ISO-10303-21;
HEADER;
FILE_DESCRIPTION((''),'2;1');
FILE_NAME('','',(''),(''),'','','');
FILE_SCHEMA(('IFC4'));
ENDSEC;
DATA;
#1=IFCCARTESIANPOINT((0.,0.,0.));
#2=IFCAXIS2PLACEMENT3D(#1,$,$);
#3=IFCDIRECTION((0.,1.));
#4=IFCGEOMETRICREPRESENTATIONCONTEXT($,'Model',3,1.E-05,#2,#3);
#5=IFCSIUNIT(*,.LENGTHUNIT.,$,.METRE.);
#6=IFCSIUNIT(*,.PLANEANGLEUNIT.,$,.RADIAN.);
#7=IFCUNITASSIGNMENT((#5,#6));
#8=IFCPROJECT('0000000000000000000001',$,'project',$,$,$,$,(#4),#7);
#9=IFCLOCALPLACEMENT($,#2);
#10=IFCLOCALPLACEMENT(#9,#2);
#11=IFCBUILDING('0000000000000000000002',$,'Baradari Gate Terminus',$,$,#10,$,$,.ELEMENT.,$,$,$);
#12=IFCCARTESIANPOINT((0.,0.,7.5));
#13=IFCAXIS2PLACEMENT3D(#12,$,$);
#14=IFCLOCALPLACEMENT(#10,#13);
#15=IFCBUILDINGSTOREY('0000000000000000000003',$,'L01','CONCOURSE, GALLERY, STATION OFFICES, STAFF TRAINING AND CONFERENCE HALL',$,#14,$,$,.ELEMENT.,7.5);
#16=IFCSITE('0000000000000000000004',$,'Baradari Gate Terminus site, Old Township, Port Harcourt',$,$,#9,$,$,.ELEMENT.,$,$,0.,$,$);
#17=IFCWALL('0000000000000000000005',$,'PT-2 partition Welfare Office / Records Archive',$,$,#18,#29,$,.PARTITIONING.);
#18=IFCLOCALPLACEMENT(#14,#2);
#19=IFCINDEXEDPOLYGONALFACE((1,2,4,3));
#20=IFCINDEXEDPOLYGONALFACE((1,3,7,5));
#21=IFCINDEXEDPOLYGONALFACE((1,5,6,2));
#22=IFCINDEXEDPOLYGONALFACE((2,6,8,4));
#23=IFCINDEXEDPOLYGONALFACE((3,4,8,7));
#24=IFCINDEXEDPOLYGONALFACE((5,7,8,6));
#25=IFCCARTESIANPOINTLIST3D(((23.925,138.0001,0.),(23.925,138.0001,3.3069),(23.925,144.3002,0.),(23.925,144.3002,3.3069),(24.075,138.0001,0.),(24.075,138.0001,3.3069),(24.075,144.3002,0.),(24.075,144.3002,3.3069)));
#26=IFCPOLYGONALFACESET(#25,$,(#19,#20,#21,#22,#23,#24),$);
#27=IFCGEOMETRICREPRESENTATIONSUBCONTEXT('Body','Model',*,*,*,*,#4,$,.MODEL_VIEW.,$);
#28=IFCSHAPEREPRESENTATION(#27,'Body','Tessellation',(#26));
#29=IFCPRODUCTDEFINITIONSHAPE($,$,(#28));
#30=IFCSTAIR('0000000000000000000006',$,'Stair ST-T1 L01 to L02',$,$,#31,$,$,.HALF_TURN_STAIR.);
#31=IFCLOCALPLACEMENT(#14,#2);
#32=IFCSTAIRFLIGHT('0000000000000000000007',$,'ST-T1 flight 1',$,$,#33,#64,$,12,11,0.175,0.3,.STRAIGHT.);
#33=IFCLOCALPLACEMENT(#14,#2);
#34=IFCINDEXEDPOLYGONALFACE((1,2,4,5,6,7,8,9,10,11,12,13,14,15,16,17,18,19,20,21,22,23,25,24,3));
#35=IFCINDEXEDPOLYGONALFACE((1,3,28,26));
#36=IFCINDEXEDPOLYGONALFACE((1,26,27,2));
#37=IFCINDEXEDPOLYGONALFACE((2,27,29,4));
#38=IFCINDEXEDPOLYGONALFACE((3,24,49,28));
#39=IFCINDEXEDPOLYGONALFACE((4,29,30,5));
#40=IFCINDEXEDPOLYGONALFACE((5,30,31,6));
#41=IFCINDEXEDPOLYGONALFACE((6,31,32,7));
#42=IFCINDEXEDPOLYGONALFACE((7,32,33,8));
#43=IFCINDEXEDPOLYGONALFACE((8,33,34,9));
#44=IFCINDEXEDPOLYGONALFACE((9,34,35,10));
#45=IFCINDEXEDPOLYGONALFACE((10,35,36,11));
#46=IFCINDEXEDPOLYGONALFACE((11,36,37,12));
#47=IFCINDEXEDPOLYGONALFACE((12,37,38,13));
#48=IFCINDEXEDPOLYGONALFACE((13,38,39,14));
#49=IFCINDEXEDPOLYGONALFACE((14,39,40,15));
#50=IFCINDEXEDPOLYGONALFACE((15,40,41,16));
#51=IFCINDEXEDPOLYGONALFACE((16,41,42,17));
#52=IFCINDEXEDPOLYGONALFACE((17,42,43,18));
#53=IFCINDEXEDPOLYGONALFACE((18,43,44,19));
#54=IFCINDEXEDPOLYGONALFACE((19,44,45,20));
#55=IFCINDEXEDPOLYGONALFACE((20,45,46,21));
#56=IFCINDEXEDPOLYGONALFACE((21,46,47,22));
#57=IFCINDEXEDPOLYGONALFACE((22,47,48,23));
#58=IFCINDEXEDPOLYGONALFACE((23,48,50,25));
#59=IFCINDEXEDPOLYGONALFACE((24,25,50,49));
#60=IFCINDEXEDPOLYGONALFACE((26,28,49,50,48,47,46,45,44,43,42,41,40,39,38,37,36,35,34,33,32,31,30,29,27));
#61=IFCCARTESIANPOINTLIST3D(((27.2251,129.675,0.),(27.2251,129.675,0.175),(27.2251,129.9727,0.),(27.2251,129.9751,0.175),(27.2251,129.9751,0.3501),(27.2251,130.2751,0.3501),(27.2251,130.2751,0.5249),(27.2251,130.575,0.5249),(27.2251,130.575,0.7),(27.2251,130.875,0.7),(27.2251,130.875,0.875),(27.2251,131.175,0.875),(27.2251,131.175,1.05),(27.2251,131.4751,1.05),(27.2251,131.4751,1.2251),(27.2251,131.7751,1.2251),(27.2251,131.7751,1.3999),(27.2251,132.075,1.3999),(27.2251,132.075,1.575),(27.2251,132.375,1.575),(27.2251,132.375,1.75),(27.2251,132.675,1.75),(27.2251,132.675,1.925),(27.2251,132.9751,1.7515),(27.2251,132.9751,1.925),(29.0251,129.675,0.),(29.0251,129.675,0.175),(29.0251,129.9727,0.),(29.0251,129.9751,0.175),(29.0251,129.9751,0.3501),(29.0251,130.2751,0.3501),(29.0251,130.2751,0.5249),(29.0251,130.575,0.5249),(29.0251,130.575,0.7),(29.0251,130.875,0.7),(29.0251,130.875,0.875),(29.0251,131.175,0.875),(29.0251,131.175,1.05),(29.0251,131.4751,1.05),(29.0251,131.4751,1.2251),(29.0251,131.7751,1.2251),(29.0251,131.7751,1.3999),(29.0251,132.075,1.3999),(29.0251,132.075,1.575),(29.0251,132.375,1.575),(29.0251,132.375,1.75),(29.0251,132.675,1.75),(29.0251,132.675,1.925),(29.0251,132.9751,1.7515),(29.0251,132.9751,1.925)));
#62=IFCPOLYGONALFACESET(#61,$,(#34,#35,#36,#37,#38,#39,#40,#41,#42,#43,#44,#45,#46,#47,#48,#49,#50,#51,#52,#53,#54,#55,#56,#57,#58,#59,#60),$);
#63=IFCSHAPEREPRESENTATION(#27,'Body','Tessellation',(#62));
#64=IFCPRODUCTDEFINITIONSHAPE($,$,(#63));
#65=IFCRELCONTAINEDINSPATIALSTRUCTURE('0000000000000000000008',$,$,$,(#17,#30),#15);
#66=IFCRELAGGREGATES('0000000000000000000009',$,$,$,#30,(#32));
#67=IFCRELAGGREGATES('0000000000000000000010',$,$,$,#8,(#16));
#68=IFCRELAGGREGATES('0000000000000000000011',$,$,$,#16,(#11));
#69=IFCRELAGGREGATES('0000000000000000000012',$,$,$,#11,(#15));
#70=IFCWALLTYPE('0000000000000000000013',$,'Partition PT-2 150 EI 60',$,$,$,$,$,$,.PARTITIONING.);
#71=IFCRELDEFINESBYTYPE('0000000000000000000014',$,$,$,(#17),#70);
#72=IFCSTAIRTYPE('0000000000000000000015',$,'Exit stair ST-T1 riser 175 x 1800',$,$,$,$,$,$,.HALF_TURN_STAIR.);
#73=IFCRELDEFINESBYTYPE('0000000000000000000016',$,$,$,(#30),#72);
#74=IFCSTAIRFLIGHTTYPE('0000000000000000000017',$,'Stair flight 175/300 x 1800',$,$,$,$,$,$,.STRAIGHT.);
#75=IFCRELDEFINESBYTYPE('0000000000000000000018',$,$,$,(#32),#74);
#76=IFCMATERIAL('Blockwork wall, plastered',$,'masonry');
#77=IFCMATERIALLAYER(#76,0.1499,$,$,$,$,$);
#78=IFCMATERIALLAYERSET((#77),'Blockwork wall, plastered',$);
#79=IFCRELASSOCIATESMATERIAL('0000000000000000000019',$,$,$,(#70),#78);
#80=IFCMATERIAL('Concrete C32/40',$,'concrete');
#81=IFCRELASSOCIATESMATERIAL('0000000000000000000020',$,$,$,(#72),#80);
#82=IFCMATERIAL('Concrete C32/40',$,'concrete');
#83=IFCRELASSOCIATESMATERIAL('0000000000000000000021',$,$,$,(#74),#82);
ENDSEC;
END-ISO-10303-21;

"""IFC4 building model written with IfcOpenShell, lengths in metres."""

from ifc_helpers import new_model, si_unit, direction, frame, frame_2d, origin, place, context, subcontext, project, spatial, polyline, rectangle, outline, extrude, material, layer, layer_set, type_object, element, aggregate, save


model = new_model("IFC4")

# Units and contexts
model_context = context("Model", 3, precision=1e-05, world=origin(), true_north=direction((0.0, 1.0)))
body_context = subcontext(model_context, "Body", "Model", "MODEL_VIEW")
ifc_project = project(units=[si_unit("LENGTHUNIT", "METRE"), si_unit("PLANEANGLEUNIT", "RADIAN")], contexts=[model_context])

# Site, building, storey
site_placement = place(None, origin())
site = spatial("IfcSite", under=ifc_project, at=site_placement, Name="Baradari Gate Terminus site, Old Township, Port Harcourt", CompositionType="ELEMENT", RefElevation=0.0)
building_placement = place(site_placement, origin())
building = spatial("IfcBuilding", under=site, at=building_placement, Name="Baradari Gate Terminus", CompositionType="ELEMENT")
storey_placement = place(building_placement, frame((0.0, 0.0, 7.5)))
storey = spatial("IfcBuildingStorey", under=building, at=storey_placement, Name="L01", Description="CONCOURSE, GALLERY, STATION OFFICES, STAFF TRAINING AND CONFERENCE HALL", CompositionType="ELEMENT", Elevation=7.5)

# Wall
ifc_material_1 = material(Name="Blockwork wall, plastered", Category="masonry")
ifc_layer_1 = layer(ifc_material_1, 0.1499)
ifc_layer_set_1 = layer_set([ifc_layer_1], Name="Blockwork wall, plastered")
wall_type_1 = type_object("IfcWallType", Name="Partition PT-2 150 EI 60", PredefinedType="PARTITIONING", material=ifc_layer_set_1)
wall_1_placement = place(storey_placement, frame((24.0, 144.3, 0.0), z_axis=(0.0, 0.0, 1.0), x_axis=(0.0, -1.0, 0.0)))
element("IfcWall", 1, at=wall_1_placement, inside=storey, type_object=wall_type_1, Name="PT-2 partition Welfare Office / Records Archive", PredefinedType="PARTITIONING", context=body_context, shape_type="SweptSolid", body=[
    extrude(rectangle(XDim=6.3, YDim=0.1499, at=frame_2d((3.1499, 0.0))), origin(), (0.0, 0.0, 1.0), 3.3069),
])

# Stair, stair flight
ifc_material_2 = material(Name="Concrete C32/40", Category="concrete")
stair_type = type_object("IfcStairType", Name="Exit stair ST-T1 riser 175 x 1800", PredefinedType="HALF_TURN_STAIR", material=ifc_material_2)
stair_placement = place(storey_placement, origin())
stair = element("IfcStair", 2, at=stair_placement, inside=storey, type_object=stair_type, Name="Stair ST-T1 L01 to L02", PredefinedType="HALF_TURN_STAIR")
ifc_material_3 = material(Name="Concrete C32/40", Category="concrete")
stair_flight_type = type_object("IfcStairFlightType", Name="Stair flight 175/300 x 1800", PredefinedType="STRAIGHT", material=ifc_material_3)
stair_flight_placement = place(storey_placement, frame((28.125, 129.675, 0.0), z_axis=(0.0, 0.0, 1.0), x_axis=(0.0, 1.0, 0.0)))
stair_flight = element("IfcStairFlight", 3, at=stair_flight_placement, type_object=stair_flight_type, Name="ST-T1 flight 1", NumberOfRisers=12, NumberOfTreads=11, PredefinedType="STRAIGHT", RiserHeight=0.175, TreadLength=0.3, context=body_context, shape_type="SweptSolid", body=[
    extrude(outline(polyline([(0.0, 0.0), (0.0, 0.175), (0.3, 0.175), (0.3, 0.3501), (0.6001, 0.3501), (0.6001, 0.5249), (0.8999, 0.5249), (0.8999, 0.7), (1.2, 0.7), (1.2, 0.875), (1.5, 0.875), (1.5, 1.05), (1.8, 1.05), (1.8, 1.2251), (2.1001, 1.2251), (2.1001, 1.3999), (2.3999, 1.3999), (2.3999, 1.575), (2.7, 1.575), (2.7, 1.75), (3.0, 1.75), (3.0, 1.925), (3.3, 1.925), (3.3, 2.1001), (3.3, 1.7515), (0.2976, 0.0), (0.0, 0.0)])), frame((0.0, 0.8999, 0.0), z_axis=(0.0, -1.0, 0.0), x_axis=(1.0, 0.0, 0.0)), (0.0, 0.0, 1.0), 1.8),
])
aggregate(stair, [stair_flight])

save(model, "model.ifc")
